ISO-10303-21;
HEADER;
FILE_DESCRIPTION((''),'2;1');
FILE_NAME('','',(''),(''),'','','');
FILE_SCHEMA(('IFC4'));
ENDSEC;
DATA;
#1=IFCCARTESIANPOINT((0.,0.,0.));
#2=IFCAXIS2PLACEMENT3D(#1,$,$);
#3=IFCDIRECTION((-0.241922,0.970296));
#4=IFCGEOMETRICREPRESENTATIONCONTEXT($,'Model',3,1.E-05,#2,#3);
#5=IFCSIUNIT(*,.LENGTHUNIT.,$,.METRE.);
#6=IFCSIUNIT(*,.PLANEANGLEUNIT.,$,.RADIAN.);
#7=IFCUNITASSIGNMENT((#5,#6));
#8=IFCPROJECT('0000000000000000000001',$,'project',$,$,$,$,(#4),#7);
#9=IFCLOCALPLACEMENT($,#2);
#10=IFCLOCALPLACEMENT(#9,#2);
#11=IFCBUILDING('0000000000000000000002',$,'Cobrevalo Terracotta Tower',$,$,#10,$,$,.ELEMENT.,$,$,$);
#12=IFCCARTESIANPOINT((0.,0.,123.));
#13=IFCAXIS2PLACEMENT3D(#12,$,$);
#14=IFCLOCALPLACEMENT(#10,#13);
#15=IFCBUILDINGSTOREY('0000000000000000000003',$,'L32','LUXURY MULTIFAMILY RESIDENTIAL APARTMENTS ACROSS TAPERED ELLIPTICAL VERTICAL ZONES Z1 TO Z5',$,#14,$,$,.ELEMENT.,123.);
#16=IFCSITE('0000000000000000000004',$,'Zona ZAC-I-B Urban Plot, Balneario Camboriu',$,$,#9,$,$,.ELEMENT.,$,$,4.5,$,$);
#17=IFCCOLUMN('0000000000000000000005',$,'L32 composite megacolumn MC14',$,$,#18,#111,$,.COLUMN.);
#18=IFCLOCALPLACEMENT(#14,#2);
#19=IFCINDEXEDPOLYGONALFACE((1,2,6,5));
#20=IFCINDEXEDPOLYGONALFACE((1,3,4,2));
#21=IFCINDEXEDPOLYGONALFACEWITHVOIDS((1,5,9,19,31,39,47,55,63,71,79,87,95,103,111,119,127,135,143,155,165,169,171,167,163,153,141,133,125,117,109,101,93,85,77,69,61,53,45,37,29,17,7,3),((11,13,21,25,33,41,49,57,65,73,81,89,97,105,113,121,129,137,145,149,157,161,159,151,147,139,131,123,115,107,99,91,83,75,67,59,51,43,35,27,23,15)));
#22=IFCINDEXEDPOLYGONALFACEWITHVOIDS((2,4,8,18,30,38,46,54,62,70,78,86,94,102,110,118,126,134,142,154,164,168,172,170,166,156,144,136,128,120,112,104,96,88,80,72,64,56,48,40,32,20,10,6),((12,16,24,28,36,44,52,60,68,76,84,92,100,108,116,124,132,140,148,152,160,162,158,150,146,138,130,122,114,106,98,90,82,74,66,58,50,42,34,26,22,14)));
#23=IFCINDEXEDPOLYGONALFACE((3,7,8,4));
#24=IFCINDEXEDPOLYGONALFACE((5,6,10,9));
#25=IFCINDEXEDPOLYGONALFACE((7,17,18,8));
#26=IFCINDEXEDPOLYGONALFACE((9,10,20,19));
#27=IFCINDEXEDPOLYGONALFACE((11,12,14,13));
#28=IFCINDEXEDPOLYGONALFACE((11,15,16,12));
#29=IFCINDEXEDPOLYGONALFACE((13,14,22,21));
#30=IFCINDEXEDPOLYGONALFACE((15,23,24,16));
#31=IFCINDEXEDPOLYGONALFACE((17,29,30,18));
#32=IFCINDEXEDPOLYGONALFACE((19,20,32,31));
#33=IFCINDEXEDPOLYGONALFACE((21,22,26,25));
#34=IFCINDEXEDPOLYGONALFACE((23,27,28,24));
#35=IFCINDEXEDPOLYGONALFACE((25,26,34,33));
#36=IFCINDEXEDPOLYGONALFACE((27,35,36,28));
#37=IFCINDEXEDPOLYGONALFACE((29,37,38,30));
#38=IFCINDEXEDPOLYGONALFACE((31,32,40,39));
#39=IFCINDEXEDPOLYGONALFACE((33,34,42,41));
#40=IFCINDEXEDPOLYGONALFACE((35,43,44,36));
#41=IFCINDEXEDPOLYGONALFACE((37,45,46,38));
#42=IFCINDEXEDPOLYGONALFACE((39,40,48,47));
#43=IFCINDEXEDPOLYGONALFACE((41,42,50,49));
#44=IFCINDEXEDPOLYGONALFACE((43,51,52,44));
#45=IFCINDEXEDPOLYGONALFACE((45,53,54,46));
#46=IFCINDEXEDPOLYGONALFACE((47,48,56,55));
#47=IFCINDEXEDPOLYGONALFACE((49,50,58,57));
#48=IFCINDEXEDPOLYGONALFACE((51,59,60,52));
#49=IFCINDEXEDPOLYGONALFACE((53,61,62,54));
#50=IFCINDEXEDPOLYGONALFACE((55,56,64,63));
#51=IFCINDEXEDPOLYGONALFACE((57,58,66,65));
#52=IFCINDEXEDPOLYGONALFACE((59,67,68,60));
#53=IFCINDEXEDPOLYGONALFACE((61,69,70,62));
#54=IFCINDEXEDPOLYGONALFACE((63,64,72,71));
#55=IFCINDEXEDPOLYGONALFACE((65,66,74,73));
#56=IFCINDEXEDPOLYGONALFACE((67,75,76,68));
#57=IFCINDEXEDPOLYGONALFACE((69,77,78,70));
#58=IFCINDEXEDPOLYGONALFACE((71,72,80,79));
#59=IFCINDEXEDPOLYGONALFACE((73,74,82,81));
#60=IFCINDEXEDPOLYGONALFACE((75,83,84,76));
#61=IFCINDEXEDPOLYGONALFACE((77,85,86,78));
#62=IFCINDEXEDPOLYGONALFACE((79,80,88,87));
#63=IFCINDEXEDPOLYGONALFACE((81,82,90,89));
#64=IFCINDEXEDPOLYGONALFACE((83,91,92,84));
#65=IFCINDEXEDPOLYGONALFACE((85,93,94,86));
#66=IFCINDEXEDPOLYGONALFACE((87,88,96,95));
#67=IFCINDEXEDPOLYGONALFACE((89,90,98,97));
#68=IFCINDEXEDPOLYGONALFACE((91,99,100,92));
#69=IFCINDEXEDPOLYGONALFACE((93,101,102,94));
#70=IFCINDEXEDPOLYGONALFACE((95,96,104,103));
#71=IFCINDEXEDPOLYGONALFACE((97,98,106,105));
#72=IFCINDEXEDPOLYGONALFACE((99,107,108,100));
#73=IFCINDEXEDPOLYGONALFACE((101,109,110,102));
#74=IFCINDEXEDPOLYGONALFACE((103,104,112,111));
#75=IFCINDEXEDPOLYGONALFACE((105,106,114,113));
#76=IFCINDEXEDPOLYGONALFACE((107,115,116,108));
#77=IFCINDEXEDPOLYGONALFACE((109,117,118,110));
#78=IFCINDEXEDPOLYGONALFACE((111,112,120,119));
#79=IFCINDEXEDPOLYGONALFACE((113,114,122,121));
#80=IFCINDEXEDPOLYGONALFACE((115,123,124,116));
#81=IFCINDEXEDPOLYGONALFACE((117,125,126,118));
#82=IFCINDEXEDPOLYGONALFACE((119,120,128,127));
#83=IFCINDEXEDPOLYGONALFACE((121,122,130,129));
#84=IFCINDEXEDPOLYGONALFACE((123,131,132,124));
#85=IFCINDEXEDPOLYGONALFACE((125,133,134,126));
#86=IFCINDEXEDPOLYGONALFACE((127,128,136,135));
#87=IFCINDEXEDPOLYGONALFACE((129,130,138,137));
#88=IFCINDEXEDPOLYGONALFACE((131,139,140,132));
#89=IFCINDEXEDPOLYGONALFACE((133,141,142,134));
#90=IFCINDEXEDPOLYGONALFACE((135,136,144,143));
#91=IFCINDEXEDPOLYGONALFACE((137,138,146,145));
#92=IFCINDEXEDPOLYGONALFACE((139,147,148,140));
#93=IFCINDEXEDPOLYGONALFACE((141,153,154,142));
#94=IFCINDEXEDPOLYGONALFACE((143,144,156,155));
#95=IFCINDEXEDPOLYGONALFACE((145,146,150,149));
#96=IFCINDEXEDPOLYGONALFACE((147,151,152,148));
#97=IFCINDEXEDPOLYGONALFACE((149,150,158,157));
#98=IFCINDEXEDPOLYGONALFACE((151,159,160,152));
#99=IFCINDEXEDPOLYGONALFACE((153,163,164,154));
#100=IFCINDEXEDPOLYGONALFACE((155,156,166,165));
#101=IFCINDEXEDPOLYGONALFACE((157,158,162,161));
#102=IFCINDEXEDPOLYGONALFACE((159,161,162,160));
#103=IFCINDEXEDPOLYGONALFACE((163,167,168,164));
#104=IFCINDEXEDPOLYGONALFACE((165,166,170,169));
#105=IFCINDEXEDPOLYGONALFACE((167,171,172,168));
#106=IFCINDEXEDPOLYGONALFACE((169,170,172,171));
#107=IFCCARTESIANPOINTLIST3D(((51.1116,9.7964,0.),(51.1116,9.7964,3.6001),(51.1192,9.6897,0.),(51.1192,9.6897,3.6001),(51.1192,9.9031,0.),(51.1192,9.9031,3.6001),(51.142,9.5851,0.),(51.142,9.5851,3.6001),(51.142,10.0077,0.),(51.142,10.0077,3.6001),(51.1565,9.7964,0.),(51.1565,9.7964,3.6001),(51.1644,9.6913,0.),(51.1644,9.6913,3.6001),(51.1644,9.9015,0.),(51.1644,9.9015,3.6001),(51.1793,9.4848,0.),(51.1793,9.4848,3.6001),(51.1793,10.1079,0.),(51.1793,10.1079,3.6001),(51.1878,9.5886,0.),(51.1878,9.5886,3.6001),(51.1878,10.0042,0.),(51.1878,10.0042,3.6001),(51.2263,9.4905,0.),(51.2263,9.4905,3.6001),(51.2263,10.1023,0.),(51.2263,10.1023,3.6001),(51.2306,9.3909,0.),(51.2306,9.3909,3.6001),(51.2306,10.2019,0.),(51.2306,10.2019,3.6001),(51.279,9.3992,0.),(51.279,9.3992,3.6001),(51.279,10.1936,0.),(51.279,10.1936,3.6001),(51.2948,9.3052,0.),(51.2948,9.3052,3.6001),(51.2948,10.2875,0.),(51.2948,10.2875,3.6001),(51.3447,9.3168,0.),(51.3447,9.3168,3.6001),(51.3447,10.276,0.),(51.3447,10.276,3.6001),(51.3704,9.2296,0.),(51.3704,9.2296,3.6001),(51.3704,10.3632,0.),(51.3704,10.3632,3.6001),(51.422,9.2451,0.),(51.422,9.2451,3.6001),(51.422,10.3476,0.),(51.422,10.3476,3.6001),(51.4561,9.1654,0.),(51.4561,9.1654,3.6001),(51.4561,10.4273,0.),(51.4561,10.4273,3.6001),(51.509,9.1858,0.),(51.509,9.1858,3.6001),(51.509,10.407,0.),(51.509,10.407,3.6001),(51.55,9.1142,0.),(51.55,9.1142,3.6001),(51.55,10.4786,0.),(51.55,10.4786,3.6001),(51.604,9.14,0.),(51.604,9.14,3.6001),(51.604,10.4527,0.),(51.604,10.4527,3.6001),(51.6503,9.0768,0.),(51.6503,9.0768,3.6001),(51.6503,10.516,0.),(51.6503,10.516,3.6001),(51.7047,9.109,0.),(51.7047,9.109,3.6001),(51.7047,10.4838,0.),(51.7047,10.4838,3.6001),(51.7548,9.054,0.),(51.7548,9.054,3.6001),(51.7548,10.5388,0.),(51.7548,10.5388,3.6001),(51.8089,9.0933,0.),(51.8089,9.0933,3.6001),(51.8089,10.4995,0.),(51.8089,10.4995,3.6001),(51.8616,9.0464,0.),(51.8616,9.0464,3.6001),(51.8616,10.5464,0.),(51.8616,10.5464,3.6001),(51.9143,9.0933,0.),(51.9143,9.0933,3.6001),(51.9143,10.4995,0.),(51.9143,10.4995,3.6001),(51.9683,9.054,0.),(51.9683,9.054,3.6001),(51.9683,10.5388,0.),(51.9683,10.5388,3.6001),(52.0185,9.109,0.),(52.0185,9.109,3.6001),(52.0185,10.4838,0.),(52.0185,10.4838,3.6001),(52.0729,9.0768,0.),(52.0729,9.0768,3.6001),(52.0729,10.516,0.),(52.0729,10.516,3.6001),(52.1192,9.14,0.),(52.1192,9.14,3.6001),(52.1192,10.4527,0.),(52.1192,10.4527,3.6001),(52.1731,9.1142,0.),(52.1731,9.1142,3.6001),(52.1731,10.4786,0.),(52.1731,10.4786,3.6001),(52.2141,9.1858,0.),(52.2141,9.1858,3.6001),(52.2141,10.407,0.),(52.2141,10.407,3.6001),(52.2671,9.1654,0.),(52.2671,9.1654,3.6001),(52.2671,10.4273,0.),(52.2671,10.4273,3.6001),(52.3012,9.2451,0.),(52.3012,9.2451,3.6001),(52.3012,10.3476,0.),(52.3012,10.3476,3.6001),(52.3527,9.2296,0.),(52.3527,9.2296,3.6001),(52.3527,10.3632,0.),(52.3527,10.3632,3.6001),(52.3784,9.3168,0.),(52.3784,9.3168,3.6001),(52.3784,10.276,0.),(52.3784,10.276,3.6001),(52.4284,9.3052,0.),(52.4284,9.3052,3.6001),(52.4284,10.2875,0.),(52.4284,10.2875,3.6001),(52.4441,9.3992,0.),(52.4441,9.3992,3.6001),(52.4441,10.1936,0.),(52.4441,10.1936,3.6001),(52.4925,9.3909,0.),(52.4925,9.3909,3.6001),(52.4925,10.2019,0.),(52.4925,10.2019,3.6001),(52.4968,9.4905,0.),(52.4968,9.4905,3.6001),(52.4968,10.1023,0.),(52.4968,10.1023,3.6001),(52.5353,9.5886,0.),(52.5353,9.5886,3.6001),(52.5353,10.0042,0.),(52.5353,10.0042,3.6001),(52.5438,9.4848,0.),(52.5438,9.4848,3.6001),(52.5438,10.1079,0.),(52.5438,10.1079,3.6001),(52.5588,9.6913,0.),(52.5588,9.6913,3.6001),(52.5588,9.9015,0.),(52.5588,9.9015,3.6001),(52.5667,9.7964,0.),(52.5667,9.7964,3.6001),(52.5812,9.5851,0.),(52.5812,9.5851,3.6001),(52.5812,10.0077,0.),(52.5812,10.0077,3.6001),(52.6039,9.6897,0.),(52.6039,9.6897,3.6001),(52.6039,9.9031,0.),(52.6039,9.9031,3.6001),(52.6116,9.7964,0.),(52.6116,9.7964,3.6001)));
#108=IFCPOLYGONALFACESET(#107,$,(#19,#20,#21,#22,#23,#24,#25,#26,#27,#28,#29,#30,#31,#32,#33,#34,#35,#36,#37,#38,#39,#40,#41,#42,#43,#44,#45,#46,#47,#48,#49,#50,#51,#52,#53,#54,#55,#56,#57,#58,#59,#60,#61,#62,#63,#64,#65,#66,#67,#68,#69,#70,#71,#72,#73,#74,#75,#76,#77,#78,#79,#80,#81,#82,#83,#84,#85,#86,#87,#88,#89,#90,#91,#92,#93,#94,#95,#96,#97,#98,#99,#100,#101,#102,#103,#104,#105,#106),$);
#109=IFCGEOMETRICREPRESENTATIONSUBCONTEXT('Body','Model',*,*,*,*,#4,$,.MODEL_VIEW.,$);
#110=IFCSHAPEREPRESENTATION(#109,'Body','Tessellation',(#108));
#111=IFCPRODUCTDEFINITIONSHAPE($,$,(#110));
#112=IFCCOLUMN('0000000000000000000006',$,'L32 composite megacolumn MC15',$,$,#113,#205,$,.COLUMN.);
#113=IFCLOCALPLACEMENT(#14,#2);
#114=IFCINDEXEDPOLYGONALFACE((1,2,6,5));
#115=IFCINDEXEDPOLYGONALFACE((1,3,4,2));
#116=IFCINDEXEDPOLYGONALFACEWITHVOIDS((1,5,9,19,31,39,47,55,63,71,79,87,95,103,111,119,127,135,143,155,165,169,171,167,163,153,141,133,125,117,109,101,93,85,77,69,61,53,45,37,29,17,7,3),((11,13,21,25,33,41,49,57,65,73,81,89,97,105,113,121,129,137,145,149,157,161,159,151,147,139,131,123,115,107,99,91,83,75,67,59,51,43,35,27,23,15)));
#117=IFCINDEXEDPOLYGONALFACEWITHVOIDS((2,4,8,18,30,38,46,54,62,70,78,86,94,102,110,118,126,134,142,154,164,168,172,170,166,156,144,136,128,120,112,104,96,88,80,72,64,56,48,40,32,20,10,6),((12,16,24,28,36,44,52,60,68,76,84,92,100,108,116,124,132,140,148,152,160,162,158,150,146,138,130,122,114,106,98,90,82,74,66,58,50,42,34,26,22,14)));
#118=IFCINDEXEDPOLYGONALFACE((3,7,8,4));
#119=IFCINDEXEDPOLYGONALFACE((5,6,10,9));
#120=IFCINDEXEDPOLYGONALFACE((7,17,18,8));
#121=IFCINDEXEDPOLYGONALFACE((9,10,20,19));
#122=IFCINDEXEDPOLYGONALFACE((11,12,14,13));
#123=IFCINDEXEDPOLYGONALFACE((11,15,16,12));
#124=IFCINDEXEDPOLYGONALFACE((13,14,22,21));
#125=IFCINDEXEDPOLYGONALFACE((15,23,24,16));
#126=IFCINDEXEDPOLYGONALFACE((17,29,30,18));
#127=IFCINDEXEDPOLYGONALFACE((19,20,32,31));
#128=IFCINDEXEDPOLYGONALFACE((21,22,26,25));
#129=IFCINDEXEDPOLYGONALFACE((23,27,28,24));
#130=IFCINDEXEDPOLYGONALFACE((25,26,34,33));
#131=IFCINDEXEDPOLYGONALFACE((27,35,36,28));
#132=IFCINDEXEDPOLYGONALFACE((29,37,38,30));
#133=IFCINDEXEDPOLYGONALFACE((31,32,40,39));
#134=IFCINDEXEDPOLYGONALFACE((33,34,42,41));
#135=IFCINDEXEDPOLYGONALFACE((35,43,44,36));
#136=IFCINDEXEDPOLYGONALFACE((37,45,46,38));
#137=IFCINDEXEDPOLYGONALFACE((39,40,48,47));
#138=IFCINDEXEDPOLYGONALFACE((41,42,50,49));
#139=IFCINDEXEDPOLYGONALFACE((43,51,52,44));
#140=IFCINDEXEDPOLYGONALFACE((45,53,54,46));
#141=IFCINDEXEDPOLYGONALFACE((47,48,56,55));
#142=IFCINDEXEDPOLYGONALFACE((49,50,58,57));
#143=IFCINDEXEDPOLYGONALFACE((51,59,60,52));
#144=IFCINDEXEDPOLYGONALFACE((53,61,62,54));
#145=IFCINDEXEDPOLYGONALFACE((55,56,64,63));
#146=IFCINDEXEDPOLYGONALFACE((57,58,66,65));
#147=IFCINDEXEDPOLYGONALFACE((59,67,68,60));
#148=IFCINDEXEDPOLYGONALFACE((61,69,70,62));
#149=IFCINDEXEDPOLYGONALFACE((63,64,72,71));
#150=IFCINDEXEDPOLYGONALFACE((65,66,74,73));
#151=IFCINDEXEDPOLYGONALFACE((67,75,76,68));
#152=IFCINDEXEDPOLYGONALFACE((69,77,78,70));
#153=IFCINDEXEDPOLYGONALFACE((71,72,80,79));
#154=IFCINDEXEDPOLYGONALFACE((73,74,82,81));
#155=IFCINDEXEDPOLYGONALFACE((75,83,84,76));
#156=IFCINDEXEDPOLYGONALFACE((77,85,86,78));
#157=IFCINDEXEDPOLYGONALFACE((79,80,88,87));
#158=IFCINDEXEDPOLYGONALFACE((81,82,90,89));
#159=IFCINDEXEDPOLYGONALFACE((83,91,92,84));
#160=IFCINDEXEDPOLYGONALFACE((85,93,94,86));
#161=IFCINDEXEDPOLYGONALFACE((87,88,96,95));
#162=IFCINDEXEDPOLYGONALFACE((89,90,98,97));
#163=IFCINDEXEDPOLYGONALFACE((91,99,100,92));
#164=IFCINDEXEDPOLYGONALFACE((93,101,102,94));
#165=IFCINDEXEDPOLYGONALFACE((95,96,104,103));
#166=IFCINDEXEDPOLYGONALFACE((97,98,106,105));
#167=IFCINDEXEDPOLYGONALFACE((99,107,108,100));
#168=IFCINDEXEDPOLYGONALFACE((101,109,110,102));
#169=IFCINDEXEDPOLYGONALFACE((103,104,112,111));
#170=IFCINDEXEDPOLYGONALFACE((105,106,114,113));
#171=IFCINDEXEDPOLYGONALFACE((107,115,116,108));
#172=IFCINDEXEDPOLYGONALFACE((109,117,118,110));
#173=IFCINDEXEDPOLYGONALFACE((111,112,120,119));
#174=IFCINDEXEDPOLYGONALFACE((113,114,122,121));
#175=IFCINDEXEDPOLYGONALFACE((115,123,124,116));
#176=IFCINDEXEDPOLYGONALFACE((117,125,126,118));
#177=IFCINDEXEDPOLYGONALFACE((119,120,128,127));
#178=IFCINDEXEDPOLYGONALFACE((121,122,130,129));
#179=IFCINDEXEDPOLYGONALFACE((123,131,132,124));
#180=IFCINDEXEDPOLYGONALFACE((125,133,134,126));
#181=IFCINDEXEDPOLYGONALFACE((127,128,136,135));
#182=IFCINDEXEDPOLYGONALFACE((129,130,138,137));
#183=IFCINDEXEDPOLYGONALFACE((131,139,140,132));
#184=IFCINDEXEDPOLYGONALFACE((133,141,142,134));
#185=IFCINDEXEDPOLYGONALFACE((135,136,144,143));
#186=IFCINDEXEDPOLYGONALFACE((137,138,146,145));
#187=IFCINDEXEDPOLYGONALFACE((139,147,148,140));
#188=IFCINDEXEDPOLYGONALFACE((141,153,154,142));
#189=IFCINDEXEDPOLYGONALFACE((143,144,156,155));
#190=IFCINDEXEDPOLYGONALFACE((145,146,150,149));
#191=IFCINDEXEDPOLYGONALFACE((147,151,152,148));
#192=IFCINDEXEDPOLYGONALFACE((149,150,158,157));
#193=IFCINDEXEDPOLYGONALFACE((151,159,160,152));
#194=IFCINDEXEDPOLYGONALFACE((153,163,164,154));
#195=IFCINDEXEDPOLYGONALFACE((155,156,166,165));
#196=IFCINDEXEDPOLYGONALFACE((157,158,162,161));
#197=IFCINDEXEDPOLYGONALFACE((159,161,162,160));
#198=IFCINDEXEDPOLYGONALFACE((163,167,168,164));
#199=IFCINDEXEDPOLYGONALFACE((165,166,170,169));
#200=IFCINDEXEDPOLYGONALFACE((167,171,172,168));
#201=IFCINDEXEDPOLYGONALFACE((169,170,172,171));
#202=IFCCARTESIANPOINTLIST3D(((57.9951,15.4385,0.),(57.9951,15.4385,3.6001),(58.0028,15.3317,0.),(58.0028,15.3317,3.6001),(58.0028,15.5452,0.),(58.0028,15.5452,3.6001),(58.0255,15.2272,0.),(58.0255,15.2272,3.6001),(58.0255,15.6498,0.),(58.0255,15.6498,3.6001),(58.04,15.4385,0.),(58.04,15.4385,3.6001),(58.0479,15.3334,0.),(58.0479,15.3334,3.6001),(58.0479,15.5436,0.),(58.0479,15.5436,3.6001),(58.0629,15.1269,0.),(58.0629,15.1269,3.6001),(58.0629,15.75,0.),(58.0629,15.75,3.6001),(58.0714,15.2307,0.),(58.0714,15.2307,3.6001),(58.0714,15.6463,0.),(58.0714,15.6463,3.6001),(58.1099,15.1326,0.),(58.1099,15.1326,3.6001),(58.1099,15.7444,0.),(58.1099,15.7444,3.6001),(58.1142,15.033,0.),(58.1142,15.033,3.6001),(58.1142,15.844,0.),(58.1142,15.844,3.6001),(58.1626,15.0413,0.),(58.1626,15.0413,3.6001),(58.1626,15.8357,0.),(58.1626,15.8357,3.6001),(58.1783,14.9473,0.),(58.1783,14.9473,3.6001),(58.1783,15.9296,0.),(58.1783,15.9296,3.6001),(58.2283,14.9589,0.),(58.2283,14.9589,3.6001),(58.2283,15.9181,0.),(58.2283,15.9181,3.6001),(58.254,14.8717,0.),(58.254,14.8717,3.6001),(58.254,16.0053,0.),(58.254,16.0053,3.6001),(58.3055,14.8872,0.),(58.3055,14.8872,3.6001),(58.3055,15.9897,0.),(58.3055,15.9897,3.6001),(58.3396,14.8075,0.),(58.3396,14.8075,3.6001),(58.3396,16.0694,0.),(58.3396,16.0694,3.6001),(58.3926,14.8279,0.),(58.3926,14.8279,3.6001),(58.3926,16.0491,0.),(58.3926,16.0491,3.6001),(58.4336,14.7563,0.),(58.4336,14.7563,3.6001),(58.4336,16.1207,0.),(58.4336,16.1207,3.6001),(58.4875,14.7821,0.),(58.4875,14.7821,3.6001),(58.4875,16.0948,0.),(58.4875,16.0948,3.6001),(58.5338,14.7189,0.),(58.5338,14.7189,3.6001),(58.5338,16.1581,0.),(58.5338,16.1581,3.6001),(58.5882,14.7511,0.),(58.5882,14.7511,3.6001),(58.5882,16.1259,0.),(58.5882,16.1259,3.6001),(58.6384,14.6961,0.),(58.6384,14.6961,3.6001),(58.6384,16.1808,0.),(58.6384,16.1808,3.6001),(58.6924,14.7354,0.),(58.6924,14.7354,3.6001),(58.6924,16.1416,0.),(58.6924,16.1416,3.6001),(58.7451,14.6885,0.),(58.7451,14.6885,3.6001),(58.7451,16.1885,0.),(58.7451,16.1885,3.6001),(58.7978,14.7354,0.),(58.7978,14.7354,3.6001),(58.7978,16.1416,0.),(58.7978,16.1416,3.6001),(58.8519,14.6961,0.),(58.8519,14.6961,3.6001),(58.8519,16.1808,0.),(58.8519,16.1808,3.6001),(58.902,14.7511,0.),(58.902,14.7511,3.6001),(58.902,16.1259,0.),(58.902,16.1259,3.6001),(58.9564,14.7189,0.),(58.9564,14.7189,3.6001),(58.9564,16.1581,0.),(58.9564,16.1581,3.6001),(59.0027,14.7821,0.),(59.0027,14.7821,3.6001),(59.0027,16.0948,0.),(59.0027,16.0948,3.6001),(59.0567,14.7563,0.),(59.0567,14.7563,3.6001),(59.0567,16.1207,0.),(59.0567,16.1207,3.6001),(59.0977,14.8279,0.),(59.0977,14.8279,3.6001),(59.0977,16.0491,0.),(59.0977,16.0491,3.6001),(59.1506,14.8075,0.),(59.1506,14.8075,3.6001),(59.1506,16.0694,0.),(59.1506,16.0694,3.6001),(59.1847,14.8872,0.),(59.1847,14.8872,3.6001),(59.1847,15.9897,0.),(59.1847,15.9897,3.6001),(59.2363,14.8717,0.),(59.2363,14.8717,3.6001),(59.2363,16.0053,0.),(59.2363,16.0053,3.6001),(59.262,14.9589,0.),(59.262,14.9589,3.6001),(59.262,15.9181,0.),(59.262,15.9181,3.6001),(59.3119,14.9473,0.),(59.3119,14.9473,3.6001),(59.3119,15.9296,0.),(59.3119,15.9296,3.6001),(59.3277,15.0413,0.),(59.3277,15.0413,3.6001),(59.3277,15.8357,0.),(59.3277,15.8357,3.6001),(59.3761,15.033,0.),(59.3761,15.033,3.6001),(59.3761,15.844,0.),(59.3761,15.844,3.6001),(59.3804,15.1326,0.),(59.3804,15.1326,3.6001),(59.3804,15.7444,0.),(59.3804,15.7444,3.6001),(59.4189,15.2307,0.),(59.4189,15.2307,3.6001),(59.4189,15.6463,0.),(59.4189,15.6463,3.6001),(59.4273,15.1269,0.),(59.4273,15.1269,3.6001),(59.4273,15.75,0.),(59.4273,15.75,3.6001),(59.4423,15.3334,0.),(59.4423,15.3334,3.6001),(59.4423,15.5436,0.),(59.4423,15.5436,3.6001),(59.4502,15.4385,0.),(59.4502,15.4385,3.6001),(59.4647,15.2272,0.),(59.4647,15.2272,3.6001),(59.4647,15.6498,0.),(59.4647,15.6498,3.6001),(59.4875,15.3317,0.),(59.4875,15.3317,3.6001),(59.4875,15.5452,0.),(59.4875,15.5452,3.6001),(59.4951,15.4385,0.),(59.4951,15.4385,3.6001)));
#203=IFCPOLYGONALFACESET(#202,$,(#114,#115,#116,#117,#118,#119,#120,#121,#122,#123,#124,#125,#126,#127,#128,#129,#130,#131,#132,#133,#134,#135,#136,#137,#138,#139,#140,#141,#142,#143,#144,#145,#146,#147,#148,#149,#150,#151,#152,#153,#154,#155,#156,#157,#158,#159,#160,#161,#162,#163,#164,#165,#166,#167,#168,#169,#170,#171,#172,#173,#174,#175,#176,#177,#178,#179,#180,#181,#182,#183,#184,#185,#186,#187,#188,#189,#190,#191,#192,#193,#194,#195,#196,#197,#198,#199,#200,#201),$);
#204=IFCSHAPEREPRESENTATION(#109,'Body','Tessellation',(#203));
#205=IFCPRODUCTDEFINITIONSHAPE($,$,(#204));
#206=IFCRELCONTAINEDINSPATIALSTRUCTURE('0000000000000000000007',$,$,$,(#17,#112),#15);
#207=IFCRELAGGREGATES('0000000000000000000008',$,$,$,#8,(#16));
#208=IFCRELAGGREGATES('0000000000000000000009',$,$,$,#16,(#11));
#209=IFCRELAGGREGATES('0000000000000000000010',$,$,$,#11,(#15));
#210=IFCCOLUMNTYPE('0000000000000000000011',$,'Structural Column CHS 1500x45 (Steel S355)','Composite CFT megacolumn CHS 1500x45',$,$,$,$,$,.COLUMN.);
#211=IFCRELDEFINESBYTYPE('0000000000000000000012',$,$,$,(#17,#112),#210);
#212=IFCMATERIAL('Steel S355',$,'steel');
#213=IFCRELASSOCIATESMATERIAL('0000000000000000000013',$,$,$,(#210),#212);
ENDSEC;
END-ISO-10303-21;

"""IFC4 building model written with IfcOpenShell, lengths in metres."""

from ifc_helpers import new_model, si_unit, direction, frame, origin, origin_2d, place, context, subcontext, project, spatial, hollow_circle, extrude, material, material_profile, profile_set, type_object, element, save


model = new_model("IFC4")

# Units and contexts
model_context = context("Model", 3, precision=1e-05, world=origin(), true_north=direction((-0.241922, 0.970296)))
body_context = subcontext(model_context, "Body", "Model", "MODEL_VIEW")
ifc_project = project(units=[si_unit("LENGTHUNIT", "METRE"), si_unit("PLANEANGLEUNIT", "RADIAN")], contexts=[model_context])

# Site, building, storey
site_placement = place(None, origin())
site = spatial("IfcSite", under=ifc_project, at=site_placement, Name="Zona ZAC-I-B Urban Plot, Balneario Camboriu", CompositionType="ELEMENT", RefElevation=4.5)
building_placement = place(site_placement, origin())
building = spatial("IfcBuilding", under=site, at=building_placement, Name="Cobrevalo Terracotta Tower", CompositionType="ELEMENT")
storey_placement = place(building_placement, frame((0.0, 0.0, 123.0)))
storey = spatial("IfcBuildingStorey", under=building, at=storey_placement, Name="L32", Description="LUXURY MULTIFAMILY RESIDENTIAL APARTMENTS ACROSS TAPERED ELLIPTICAL VERTICAL ZONES Z1 TO Z5", CompositionType="ELEMENT", Elevation=123.0)

# Columns
ifc_material_1 = material(Name="Steel S355", Category="steel")
ifc_material_profile_1 = material_profile(ifc_material_1, hollow_circle(Radius=0.75, WallThickness=0.0449, at=origin_2d()), Name="CHS 1500x45")
ifc_profile_set_1 = profile_set([ifc_material_profile_1], Name="Steel S355")
column_type = type_object("IfcColumnType", Name="Structural Column CHS 1500x45 (Steel S355)", Description="Composite CFT megacolumn CHS 1500x45", PredefinedType="COLUMN", material=ifc_profile_set_1)
for number, where, z_axis, x_axis, name in (
    (1, (51.8616, 9.7964, 0.0), (0.0, 0.0, 1.0), (1.0, 0.0, 0.0), "L32 composite megacolumn MC14"),
    (2, (58.7451, 15.4385, 0.0), (0.0, 0.0, 1.0), (1.0, 0.0, 0.0), "L32 composite megacolumn MC15"),
):
    element("IfcColumn", number, at=place(storey_placement, frame(where, z_axis=z_axis, x_axis=x_axis)), inside=storey, type_object=column_type, Name=name, PredefinedType="COLUMN", context=body_context, shape_type="SweptSolid", body=[
        extrude(hollow_circle(Radius=0.75, WallThickness=0.0449, at=origin_2d()), origin(), (0.0, 0.0, 1.0), 3.6001),
    ])

save(model, "model.ifc")
